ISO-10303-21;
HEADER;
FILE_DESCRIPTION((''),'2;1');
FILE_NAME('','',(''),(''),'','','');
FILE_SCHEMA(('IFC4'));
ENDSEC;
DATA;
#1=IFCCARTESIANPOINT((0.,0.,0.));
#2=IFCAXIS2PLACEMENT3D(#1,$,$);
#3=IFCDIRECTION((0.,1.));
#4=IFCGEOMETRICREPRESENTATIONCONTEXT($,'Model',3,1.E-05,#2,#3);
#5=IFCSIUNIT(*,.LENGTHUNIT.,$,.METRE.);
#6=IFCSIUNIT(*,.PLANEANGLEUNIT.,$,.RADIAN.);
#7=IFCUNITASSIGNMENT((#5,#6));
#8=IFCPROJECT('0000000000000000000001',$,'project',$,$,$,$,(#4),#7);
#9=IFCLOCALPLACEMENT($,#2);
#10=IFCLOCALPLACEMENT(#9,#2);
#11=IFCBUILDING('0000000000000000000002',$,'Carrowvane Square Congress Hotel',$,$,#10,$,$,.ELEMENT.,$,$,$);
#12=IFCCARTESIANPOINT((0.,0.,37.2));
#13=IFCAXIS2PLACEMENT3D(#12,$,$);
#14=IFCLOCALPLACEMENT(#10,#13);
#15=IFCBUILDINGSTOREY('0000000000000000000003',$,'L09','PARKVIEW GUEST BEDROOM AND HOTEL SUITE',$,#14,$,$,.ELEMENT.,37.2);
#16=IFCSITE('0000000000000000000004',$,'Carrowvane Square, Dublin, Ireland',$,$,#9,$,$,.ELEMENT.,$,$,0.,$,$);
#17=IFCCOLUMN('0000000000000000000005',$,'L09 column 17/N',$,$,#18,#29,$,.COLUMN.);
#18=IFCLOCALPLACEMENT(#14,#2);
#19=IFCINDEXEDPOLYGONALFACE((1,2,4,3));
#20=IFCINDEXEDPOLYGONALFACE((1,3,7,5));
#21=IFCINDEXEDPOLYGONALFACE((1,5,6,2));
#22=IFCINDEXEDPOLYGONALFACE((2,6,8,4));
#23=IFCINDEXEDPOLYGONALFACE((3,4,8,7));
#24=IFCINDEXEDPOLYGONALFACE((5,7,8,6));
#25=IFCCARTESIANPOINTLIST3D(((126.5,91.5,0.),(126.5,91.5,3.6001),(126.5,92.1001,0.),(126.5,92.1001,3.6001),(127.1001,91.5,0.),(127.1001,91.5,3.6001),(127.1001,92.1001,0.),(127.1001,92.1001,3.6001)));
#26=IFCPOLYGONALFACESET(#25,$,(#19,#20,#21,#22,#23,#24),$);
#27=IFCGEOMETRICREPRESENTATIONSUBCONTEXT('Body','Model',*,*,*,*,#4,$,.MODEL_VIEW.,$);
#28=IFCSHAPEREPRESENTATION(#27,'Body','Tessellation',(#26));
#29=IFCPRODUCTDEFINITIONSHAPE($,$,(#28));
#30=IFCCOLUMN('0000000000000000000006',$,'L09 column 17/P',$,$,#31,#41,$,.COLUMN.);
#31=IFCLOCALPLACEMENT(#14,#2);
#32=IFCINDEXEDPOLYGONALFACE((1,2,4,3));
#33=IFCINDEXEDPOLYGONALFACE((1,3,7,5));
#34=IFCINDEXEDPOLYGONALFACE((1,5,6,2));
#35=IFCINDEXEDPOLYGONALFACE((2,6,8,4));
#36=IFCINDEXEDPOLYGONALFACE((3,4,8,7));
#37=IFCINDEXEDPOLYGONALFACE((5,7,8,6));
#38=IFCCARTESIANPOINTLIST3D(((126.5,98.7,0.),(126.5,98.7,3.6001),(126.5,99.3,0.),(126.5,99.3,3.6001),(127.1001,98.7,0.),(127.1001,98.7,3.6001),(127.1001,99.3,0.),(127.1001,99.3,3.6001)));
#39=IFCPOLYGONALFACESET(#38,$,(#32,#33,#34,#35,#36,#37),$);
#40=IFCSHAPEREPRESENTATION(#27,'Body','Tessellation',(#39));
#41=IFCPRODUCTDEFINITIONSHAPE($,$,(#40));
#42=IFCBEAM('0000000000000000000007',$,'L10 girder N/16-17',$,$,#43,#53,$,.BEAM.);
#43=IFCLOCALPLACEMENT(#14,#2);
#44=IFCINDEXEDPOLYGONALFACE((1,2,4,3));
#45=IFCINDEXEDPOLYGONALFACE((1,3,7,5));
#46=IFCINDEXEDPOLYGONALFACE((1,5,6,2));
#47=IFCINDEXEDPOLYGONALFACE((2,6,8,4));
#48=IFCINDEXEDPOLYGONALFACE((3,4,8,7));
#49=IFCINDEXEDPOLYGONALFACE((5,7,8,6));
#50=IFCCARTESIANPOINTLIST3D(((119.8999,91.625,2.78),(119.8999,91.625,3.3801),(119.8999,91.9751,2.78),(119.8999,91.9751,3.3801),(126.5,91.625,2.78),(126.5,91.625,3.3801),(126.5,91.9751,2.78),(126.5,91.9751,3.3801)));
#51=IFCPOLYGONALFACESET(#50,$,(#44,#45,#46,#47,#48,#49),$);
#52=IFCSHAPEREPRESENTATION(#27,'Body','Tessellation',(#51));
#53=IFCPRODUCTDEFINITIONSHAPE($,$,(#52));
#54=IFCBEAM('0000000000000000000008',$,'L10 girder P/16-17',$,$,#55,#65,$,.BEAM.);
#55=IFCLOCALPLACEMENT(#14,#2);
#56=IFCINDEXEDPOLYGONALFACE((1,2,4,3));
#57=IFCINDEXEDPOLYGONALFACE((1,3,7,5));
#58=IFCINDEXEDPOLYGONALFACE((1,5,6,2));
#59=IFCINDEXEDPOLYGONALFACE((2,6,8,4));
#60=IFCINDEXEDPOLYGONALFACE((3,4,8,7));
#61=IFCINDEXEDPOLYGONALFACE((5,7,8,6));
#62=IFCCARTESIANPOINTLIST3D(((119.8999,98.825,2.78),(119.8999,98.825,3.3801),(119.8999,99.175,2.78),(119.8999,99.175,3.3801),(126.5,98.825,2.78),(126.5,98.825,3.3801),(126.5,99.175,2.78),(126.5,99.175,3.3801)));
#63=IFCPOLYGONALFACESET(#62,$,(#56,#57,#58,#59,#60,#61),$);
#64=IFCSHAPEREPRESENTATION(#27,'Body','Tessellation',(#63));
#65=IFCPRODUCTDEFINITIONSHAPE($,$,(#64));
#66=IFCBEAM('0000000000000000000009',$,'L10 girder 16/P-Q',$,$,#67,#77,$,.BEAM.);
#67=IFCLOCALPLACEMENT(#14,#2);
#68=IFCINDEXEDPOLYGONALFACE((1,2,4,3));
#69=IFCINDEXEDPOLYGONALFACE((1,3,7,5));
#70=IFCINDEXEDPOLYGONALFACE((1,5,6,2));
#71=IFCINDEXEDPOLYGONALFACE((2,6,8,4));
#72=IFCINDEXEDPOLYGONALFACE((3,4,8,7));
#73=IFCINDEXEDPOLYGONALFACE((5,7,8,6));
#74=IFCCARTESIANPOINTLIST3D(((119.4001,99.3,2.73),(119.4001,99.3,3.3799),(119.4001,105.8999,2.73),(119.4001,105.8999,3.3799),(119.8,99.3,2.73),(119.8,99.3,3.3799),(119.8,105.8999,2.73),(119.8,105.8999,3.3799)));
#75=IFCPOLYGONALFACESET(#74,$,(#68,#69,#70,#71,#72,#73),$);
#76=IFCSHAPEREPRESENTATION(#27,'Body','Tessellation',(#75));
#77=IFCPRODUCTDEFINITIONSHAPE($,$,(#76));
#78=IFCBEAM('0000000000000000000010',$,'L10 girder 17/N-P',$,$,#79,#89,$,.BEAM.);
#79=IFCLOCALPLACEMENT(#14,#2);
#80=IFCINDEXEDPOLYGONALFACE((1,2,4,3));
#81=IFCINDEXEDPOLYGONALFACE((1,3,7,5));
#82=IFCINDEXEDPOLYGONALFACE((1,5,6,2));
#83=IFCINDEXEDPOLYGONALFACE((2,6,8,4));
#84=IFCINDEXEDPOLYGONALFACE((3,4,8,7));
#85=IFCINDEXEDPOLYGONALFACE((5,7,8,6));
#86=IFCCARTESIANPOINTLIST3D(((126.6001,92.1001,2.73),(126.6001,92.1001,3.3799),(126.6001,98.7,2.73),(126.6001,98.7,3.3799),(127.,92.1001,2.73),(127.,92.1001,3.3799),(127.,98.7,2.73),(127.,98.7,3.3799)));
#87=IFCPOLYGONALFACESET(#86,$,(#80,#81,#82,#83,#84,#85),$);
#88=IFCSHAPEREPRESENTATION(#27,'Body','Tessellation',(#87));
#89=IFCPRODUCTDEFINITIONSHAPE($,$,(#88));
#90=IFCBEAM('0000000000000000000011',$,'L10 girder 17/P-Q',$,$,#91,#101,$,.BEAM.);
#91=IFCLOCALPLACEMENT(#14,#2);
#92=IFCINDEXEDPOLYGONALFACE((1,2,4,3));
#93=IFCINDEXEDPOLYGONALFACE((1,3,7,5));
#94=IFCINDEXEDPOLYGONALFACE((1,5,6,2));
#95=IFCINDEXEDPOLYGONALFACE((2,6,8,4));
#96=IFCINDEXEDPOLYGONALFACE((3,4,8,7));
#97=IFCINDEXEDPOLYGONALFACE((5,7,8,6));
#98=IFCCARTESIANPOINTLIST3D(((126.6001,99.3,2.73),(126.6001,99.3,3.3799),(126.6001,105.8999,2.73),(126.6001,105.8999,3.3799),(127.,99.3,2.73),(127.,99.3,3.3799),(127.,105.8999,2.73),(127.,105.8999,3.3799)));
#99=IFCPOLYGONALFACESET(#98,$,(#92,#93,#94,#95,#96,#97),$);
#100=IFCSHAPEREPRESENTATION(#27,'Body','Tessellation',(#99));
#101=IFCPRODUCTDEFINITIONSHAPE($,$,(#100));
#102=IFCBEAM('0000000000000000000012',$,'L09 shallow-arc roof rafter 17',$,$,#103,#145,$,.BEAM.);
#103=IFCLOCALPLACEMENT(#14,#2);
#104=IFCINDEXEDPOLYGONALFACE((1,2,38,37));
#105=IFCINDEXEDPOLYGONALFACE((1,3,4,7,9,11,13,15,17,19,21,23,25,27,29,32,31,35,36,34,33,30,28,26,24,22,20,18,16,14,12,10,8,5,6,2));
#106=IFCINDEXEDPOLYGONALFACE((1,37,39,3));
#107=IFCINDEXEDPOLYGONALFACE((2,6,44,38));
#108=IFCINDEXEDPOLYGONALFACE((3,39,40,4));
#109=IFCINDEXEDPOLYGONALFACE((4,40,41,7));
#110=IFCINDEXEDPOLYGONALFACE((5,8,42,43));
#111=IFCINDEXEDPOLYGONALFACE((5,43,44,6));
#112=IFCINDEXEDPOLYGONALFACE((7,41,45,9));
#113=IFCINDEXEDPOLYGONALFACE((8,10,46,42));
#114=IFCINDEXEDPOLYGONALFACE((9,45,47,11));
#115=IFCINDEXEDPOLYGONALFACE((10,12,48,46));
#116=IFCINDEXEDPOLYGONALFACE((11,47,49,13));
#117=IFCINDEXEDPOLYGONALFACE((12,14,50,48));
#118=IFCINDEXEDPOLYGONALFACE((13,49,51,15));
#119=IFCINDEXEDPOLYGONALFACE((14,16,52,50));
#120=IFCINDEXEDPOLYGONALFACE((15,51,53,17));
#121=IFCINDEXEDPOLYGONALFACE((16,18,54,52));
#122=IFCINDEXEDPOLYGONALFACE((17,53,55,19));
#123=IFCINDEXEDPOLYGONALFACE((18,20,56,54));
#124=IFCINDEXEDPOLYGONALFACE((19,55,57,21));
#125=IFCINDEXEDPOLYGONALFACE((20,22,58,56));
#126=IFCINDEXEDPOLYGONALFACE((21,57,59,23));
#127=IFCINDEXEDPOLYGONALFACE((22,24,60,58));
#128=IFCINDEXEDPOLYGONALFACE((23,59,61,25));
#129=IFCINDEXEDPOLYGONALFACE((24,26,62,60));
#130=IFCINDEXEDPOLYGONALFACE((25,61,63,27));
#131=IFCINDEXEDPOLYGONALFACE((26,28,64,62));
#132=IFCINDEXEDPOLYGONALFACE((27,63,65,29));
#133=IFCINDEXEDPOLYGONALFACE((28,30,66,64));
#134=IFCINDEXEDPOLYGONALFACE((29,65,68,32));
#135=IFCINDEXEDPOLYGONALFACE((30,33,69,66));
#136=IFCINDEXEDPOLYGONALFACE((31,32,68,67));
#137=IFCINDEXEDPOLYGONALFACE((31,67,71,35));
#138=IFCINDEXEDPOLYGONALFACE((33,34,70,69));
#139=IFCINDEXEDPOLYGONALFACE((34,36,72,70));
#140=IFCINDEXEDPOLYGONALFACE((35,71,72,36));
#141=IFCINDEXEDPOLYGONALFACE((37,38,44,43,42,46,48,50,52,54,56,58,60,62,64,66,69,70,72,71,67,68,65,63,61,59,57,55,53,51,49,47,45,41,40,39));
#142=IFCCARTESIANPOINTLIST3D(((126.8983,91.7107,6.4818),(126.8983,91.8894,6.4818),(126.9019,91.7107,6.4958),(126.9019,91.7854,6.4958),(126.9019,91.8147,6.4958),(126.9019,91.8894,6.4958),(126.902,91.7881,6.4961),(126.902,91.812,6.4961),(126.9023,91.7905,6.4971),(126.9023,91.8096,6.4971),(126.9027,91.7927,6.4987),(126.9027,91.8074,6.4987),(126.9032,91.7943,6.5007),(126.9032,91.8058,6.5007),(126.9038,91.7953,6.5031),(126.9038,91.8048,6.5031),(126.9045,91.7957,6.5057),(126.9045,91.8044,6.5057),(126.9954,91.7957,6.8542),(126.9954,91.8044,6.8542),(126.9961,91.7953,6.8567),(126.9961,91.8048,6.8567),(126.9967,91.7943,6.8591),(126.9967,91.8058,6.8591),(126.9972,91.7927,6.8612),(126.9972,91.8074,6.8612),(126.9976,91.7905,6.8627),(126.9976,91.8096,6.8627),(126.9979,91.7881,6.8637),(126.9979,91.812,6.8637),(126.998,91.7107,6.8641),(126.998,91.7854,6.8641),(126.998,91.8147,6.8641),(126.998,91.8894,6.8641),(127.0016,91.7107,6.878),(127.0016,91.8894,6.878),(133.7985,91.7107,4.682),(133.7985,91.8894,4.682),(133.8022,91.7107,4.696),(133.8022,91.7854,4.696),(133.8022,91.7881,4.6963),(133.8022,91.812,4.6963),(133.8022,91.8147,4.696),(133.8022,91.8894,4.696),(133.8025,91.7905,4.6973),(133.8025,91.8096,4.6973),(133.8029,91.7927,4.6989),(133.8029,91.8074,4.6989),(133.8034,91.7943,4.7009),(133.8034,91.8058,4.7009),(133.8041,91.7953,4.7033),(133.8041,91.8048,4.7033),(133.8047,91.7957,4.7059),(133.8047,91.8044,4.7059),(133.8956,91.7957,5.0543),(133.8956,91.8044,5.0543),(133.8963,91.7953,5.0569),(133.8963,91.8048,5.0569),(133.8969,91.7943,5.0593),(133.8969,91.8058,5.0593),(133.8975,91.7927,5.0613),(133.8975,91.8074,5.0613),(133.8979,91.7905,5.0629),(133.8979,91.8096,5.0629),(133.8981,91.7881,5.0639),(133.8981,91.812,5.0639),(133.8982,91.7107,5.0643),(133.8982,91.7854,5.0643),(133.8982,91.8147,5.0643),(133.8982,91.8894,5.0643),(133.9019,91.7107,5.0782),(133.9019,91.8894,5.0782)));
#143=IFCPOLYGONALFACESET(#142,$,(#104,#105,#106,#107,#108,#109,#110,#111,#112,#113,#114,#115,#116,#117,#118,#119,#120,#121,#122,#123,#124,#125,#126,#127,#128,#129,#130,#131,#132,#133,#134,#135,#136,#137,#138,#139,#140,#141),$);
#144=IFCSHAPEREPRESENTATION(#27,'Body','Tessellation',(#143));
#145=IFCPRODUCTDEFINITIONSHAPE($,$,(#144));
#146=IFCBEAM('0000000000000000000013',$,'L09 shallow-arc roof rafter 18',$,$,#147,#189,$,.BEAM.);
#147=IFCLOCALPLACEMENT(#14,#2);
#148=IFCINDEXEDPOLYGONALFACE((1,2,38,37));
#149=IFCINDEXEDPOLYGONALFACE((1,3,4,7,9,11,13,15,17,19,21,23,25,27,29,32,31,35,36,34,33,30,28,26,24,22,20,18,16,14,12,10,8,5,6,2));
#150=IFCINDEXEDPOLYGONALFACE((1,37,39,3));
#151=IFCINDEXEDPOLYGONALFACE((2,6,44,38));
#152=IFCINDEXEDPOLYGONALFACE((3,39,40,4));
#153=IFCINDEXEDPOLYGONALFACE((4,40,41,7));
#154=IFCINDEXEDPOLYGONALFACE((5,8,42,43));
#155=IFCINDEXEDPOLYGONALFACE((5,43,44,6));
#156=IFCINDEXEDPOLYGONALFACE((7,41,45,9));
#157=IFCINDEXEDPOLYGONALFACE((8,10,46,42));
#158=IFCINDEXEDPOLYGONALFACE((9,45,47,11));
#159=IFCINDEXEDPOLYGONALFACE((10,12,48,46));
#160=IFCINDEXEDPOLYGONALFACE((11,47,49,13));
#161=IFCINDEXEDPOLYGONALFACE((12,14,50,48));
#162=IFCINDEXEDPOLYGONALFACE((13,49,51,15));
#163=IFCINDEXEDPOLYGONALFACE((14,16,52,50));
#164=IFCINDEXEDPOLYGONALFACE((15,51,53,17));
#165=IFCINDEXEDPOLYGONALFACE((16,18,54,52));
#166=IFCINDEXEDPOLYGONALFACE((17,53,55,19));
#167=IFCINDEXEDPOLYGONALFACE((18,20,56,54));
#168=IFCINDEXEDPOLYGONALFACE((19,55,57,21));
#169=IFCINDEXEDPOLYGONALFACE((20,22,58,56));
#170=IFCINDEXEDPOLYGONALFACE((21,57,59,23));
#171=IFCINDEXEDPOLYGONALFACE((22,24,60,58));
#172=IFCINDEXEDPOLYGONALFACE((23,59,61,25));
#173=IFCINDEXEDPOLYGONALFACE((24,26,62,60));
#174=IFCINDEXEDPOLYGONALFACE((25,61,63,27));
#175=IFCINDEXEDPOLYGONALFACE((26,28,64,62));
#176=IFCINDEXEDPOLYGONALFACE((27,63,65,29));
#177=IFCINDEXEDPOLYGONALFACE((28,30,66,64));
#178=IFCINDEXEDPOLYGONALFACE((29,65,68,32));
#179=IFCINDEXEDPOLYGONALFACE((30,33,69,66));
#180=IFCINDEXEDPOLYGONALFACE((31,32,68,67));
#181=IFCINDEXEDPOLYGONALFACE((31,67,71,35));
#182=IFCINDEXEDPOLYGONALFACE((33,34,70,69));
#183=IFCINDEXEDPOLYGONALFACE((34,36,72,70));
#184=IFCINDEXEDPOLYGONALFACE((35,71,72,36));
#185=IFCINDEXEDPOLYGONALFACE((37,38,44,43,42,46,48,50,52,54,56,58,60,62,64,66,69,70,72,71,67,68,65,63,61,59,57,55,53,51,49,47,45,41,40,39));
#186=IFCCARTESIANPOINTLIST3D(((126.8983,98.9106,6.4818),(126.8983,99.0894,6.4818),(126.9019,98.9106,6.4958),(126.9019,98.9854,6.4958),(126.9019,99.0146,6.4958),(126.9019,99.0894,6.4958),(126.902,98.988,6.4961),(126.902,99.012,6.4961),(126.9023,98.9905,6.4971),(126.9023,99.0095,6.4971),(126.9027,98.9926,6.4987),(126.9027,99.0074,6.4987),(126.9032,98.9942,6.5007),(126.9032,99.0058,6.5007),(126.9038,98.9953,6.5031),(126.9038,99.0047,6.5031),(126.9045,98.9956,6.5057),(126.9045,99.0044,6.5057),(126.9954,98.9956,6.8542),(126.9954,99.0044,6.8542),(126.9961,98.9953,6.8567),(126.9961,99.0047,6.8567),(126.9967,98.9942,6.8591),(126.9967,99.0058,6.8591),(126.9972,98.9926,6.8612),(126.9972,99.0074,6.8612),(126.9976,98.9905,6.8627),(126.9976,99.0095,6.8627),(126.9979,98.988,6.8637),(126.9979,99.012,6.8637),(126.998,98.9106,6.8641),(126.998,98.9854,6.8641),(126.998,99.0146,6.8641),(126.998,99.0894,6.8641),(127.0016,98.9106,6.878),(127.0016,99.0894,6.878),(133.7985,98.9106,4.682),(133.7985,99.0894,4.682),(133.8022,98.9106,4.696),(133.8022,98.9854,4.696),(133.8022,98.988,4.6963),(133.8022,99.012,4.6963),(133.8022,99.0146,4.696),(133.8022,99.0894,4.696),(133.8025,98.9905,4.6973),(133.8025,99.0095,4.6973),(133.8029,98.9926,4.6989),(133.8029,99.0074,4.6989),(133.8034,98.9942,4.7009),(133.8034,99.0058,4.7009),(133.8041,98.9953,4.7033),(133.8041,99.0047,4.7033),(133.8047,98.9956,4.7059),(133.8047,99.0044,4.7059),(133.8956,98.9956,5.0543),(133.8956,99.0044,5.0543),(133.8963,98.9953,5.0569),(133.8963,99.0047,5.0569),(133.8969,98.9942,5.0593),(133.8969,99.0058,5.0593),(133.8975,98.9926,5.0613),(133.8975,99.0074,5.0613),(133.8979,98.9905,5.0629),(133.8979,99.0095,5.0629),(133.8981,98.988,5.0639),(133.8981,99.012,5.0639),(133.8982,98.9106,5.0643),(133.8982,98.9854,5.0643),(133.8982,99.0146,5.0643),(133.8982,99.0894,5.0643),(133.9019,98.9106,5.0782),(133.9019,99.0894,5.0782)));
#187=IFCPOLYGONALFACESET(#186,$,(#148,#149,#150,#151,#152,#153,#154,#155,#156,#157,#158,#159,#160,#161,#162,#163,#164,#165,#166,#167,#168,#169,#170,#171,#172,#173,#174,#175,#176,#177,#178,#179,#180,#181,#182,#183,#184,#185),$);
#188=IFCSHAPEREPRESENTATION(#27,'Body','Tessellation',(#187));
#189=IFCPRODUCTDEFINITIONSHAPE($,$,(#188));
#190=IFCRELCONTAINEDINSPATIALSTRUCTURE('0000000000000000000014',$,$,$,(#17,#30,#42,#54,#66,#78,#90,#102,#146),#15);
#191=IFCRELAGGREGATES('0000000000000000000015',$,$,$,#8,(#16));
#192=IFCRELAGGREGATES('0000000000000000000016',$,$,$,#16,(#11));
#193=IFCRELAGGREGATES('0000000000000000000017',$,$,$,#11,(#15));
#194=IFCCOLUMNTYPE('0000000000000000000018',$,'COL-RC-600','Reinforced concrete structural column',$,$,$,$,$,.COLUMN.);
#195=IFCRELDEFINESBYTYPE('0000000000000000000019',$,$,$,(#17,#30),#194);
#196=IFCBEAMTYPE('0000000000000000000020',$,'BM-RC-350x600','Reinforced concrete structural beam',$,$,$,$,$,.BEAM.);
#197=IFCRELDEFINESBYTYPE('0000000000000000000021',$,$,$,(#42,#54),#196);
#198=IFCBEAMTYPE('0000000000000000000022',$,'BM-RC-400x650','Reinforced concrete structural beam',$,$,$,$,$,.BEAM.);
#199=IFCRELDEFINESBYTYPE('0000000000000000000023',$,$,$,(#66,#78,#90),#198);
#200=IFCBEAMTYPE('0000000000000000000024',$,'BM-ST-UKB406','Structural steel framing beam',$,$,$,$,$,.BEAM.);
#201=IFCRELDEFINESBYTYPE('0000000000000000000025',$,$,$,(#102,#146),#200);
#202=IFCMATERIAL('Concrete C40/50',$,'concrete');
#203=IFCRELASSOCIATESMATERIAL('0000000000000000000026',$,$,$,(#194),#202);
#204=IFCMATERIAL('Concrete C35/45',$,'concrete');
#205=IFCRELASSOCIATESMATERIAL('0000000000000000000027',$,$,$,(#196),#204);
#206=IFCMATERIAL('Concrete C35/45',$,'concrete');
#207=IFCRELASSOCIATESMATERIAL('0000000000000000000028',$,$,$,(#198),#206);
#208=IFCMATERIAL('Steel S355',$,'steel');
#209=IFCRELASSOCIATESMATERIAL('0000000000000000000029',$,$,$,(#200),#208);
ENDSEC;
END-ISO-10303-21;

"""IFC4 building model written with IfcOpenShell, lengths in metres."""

from ifc_helpers import new_model, si_unit, direction, frame, origin, origin_2d, place, context, subcontext, project, spatial, rectangle, i_section, extrude, material, material_profile, profile_set, type_object, element, save


model = new_model("IFC4")

# Units and contexts
model_context = context("Model", 3, precision=1e-05, world=origin(), true_north=direction((0.0, 1.0)))
body_context = subcontext(model_context, "Body", "Model", "MODEL_VIEW")
ifc_project = project(units=[si_unit("LENGTHUNIT", "METRE"), si_unit("PLANEANGLEUNIT", "RADIAN")], contexts=[model_context])

# Site, building, storey
site_placement = place(None, origin())
site = spatial("IfcSite", under=ifc_project, at=site_placement, Name="Carrowvane Square, Dublin, Ireland", CompositionType="ELEMENT", RefElevation=0.0)
building_placement = place(site_placement, origin())
building = spatial("IfcBuilding", under=site, at=building_placement, Name="Carrowvane Square Congress Hotel", CompositionType="ELEMENT")
storey_placement = place(building_placement, frame((0.0, 0.0, 37.2)))
storey = spatial("IfcBuildingStorey", under=building, at=storey_placement, Name="L09", Description="PARKVIEW GUEST BEDROOM AND HOTEL SUITE", CompositionType="ELEMENT", Elevation=37.2)

# Columns
ifc_material_1 = material(Name="Concrete C40/50", Category="concrete")
ifc_material_profile_1 = material_profile(ifc_material_1, rectangle(XDim=0.6001, YDim=0.6001, at=origin_2d()), Name="RC 600x600")
ifc_profile_set_1 = profile_set([ifc_material_profile_1], Name="Concrete C40/50")
column_type = type_object("IfcColumnType", Name="COL-RC-600", Description="Reinforced concrete structural column", PredefinedType="COLUMN", material=ifc_profile_set_1)
for number, where, z_axis, x_axis, name in (
    (1, (126.8, 91.8, 0.0), (0.0, 0.0, 1.0), (1.0, 0.0, 0.0), "L09 column 17/N"),
    (2, (126.8, 99.0, 0.0), (0.0, 0.0, 1.0), (1.0, 0.0, 0.0), "L09 column 17/P"),
):
    element("IfcColumn", number, at=place(storey_placement, frame(where, z_axis=z_axis, x_axis=x_axis)), inside=storey, type_object=column_type, Name=name, PredefinedType="COLUMN", context=body_context, shape_type="SweptSolid", body=[
        extrude(rectangle(XDim=0.6001, YDim=0.6001, at=origin_2d()), origin(), (0.0, 0.0, 1.0), 3.6001),
    ])

# Beams
ifc_material_2 = material(Name="Concrete C35/45", Category="concrete")
ifc_material_profile_2 = material_profile(ifc_material_2, rectangle(XDim=0.3501, YDim=0.6001, at=origin_2d()), Name="RC 350x600")
ifc_profile_set_2 = profile_set([ifc_material_profile_2], Name="Concrete C35/45")
beam_type_1 = type_object("IfcBeamType", Name="BM-RC-350x600", Description="Reinforced concrete structural beam", PredefinedType="BEAM", material=ifc_profile_set_2)
for number, where, z_axis, x_axis, name in (
    (3, (119.8999, 91.8, 3.0801), (1.0, 0.0, 0.0), (0.0, 1.0, 0.0), "L10 girder N/16-17"),
    (4, (119.8999, 99.0, 3.0801), (1.0, 0.0, 0.0), (0.0, 1.0, 0.0), "L10 girder P/16-17"),
):
    element("IfcBeam", number, at=place(storey_placement, frame(where, z_axis=z_axis, x_axis=x_axis)), inside=storey, type_object=beam_type_1, Name=name, PredefinedType="BEAM", context=body_context, shape_type="SweptSolid", body=[
        extrude(rectangle(XDim=0.3501, YDim=0.6001, at=origin_2d()), origin(), (0.0, 0.0, 1.0), 6.6001),
    ])
ifc_material_3 = material(Name="Concrete C35/45", Category="concrete")
ifc_material_profile_3 = material_profile(ifc_material_3, rectangle(XDim=0.3999, YDim=0.6499, at=origin_2d()), Name="RC 400x650")
ifc_profile_set_3 = profile_set([ifc_material_profile_3], Name="Concrete C35/45")
beam_type_2 = type_object("IfcBeamType", Name="BM-RC-400x650", Description="Reinforced concrete structural beam", PredefinedType="BEAM", material=ifc_profile_set_3)
for number, where, z_axis, x_axis, name in (
    (5, (119.6001, 99.3, 3.0549), (0.0, 1.0, 0.0), (-1.0, 0.0, 0.0), "L10 girder 16/P-Q"),
    (6, (126.8, 92.1001, 3.0549), (0.0, 1.0, 0.0), (-1.0, 0.0, 0.0), "L10 girder 17/N-P"),
    (7, (126.8, 99.3, 3.0549), (0.0, 1.0, 0.0), (-1.0, 0.0, 0.0), "L10 girder 17/P-Q"),
):
    element("IfcBeam", number, at=place(storey_placement, frame(where, z_axis=z_axis, x_axis=x_axis)), inside=storey, type_object=beam_type_2, Name=name, PredefinedType="BEAM", context=body_context, shape_type="SweptSolid", body=[
        extrude(rectangle(XDim=0.3999, YDim=0.6499, at=origin_2d()), origin(), (0.0, 0.0, 1.0), 6.5999),
    ])
ifc_material_4 = material(Name="Steel S355", Category="steel")
ifc_material_profile_4 = material_profile(ifc_material_4, i_section(OverallWidth=0.1787, OverallDepth=0.4094, WebThickness=0.0088, FlangeThickness=0.0144, FilletRadius=0.0103, at=origin_2d()), Name="UKB 406x178x67")
ifc_profile_set_4 = profile_set([ifc_material_profile_4], Name="Steel S355")
beam_type_3 = type_object("IfcBeamType", Name="BM-ST-UKB406", Description="Structural steel framing beam", PredefinedType="BEAM", material=ifc_profile_set_4)
for number, where, z_axis, x_axis, name in (
    (8, (126.95, 91.8, 6.6799), (0.967625, 0.0, -0.252391), (0.0, 1.0, 0.0), "L09 shallow-arc roof rafter 17"),
    (9, (126.95, 99.0, 6.6799), (0.967625, 0.0, -0.252391), (0.0, 1.0, 0.0), "L09 shallow-arc roof rafter 18"),
):
    element("IfcBeam", number, at=place(storey_placement, frame(where, z_axis=z_axis, x_axis=x_axis)), inside=storey, type_object=beam_type_3, Name=name, PredefinedType="BEAM", context=body_context, shape_type="SweptSolid", body=[
        extrude(i_section(OverallWidth=0.1787, OverallDepth=0.4094, WebThickness=0.0088, FlangeThickness=0.0144, FilletRadius=0.0103, at=origin_2d()), origin(), (0.0, 0.0, 1.0), 7.1311),
    ])

save(model, "model.ifc")
